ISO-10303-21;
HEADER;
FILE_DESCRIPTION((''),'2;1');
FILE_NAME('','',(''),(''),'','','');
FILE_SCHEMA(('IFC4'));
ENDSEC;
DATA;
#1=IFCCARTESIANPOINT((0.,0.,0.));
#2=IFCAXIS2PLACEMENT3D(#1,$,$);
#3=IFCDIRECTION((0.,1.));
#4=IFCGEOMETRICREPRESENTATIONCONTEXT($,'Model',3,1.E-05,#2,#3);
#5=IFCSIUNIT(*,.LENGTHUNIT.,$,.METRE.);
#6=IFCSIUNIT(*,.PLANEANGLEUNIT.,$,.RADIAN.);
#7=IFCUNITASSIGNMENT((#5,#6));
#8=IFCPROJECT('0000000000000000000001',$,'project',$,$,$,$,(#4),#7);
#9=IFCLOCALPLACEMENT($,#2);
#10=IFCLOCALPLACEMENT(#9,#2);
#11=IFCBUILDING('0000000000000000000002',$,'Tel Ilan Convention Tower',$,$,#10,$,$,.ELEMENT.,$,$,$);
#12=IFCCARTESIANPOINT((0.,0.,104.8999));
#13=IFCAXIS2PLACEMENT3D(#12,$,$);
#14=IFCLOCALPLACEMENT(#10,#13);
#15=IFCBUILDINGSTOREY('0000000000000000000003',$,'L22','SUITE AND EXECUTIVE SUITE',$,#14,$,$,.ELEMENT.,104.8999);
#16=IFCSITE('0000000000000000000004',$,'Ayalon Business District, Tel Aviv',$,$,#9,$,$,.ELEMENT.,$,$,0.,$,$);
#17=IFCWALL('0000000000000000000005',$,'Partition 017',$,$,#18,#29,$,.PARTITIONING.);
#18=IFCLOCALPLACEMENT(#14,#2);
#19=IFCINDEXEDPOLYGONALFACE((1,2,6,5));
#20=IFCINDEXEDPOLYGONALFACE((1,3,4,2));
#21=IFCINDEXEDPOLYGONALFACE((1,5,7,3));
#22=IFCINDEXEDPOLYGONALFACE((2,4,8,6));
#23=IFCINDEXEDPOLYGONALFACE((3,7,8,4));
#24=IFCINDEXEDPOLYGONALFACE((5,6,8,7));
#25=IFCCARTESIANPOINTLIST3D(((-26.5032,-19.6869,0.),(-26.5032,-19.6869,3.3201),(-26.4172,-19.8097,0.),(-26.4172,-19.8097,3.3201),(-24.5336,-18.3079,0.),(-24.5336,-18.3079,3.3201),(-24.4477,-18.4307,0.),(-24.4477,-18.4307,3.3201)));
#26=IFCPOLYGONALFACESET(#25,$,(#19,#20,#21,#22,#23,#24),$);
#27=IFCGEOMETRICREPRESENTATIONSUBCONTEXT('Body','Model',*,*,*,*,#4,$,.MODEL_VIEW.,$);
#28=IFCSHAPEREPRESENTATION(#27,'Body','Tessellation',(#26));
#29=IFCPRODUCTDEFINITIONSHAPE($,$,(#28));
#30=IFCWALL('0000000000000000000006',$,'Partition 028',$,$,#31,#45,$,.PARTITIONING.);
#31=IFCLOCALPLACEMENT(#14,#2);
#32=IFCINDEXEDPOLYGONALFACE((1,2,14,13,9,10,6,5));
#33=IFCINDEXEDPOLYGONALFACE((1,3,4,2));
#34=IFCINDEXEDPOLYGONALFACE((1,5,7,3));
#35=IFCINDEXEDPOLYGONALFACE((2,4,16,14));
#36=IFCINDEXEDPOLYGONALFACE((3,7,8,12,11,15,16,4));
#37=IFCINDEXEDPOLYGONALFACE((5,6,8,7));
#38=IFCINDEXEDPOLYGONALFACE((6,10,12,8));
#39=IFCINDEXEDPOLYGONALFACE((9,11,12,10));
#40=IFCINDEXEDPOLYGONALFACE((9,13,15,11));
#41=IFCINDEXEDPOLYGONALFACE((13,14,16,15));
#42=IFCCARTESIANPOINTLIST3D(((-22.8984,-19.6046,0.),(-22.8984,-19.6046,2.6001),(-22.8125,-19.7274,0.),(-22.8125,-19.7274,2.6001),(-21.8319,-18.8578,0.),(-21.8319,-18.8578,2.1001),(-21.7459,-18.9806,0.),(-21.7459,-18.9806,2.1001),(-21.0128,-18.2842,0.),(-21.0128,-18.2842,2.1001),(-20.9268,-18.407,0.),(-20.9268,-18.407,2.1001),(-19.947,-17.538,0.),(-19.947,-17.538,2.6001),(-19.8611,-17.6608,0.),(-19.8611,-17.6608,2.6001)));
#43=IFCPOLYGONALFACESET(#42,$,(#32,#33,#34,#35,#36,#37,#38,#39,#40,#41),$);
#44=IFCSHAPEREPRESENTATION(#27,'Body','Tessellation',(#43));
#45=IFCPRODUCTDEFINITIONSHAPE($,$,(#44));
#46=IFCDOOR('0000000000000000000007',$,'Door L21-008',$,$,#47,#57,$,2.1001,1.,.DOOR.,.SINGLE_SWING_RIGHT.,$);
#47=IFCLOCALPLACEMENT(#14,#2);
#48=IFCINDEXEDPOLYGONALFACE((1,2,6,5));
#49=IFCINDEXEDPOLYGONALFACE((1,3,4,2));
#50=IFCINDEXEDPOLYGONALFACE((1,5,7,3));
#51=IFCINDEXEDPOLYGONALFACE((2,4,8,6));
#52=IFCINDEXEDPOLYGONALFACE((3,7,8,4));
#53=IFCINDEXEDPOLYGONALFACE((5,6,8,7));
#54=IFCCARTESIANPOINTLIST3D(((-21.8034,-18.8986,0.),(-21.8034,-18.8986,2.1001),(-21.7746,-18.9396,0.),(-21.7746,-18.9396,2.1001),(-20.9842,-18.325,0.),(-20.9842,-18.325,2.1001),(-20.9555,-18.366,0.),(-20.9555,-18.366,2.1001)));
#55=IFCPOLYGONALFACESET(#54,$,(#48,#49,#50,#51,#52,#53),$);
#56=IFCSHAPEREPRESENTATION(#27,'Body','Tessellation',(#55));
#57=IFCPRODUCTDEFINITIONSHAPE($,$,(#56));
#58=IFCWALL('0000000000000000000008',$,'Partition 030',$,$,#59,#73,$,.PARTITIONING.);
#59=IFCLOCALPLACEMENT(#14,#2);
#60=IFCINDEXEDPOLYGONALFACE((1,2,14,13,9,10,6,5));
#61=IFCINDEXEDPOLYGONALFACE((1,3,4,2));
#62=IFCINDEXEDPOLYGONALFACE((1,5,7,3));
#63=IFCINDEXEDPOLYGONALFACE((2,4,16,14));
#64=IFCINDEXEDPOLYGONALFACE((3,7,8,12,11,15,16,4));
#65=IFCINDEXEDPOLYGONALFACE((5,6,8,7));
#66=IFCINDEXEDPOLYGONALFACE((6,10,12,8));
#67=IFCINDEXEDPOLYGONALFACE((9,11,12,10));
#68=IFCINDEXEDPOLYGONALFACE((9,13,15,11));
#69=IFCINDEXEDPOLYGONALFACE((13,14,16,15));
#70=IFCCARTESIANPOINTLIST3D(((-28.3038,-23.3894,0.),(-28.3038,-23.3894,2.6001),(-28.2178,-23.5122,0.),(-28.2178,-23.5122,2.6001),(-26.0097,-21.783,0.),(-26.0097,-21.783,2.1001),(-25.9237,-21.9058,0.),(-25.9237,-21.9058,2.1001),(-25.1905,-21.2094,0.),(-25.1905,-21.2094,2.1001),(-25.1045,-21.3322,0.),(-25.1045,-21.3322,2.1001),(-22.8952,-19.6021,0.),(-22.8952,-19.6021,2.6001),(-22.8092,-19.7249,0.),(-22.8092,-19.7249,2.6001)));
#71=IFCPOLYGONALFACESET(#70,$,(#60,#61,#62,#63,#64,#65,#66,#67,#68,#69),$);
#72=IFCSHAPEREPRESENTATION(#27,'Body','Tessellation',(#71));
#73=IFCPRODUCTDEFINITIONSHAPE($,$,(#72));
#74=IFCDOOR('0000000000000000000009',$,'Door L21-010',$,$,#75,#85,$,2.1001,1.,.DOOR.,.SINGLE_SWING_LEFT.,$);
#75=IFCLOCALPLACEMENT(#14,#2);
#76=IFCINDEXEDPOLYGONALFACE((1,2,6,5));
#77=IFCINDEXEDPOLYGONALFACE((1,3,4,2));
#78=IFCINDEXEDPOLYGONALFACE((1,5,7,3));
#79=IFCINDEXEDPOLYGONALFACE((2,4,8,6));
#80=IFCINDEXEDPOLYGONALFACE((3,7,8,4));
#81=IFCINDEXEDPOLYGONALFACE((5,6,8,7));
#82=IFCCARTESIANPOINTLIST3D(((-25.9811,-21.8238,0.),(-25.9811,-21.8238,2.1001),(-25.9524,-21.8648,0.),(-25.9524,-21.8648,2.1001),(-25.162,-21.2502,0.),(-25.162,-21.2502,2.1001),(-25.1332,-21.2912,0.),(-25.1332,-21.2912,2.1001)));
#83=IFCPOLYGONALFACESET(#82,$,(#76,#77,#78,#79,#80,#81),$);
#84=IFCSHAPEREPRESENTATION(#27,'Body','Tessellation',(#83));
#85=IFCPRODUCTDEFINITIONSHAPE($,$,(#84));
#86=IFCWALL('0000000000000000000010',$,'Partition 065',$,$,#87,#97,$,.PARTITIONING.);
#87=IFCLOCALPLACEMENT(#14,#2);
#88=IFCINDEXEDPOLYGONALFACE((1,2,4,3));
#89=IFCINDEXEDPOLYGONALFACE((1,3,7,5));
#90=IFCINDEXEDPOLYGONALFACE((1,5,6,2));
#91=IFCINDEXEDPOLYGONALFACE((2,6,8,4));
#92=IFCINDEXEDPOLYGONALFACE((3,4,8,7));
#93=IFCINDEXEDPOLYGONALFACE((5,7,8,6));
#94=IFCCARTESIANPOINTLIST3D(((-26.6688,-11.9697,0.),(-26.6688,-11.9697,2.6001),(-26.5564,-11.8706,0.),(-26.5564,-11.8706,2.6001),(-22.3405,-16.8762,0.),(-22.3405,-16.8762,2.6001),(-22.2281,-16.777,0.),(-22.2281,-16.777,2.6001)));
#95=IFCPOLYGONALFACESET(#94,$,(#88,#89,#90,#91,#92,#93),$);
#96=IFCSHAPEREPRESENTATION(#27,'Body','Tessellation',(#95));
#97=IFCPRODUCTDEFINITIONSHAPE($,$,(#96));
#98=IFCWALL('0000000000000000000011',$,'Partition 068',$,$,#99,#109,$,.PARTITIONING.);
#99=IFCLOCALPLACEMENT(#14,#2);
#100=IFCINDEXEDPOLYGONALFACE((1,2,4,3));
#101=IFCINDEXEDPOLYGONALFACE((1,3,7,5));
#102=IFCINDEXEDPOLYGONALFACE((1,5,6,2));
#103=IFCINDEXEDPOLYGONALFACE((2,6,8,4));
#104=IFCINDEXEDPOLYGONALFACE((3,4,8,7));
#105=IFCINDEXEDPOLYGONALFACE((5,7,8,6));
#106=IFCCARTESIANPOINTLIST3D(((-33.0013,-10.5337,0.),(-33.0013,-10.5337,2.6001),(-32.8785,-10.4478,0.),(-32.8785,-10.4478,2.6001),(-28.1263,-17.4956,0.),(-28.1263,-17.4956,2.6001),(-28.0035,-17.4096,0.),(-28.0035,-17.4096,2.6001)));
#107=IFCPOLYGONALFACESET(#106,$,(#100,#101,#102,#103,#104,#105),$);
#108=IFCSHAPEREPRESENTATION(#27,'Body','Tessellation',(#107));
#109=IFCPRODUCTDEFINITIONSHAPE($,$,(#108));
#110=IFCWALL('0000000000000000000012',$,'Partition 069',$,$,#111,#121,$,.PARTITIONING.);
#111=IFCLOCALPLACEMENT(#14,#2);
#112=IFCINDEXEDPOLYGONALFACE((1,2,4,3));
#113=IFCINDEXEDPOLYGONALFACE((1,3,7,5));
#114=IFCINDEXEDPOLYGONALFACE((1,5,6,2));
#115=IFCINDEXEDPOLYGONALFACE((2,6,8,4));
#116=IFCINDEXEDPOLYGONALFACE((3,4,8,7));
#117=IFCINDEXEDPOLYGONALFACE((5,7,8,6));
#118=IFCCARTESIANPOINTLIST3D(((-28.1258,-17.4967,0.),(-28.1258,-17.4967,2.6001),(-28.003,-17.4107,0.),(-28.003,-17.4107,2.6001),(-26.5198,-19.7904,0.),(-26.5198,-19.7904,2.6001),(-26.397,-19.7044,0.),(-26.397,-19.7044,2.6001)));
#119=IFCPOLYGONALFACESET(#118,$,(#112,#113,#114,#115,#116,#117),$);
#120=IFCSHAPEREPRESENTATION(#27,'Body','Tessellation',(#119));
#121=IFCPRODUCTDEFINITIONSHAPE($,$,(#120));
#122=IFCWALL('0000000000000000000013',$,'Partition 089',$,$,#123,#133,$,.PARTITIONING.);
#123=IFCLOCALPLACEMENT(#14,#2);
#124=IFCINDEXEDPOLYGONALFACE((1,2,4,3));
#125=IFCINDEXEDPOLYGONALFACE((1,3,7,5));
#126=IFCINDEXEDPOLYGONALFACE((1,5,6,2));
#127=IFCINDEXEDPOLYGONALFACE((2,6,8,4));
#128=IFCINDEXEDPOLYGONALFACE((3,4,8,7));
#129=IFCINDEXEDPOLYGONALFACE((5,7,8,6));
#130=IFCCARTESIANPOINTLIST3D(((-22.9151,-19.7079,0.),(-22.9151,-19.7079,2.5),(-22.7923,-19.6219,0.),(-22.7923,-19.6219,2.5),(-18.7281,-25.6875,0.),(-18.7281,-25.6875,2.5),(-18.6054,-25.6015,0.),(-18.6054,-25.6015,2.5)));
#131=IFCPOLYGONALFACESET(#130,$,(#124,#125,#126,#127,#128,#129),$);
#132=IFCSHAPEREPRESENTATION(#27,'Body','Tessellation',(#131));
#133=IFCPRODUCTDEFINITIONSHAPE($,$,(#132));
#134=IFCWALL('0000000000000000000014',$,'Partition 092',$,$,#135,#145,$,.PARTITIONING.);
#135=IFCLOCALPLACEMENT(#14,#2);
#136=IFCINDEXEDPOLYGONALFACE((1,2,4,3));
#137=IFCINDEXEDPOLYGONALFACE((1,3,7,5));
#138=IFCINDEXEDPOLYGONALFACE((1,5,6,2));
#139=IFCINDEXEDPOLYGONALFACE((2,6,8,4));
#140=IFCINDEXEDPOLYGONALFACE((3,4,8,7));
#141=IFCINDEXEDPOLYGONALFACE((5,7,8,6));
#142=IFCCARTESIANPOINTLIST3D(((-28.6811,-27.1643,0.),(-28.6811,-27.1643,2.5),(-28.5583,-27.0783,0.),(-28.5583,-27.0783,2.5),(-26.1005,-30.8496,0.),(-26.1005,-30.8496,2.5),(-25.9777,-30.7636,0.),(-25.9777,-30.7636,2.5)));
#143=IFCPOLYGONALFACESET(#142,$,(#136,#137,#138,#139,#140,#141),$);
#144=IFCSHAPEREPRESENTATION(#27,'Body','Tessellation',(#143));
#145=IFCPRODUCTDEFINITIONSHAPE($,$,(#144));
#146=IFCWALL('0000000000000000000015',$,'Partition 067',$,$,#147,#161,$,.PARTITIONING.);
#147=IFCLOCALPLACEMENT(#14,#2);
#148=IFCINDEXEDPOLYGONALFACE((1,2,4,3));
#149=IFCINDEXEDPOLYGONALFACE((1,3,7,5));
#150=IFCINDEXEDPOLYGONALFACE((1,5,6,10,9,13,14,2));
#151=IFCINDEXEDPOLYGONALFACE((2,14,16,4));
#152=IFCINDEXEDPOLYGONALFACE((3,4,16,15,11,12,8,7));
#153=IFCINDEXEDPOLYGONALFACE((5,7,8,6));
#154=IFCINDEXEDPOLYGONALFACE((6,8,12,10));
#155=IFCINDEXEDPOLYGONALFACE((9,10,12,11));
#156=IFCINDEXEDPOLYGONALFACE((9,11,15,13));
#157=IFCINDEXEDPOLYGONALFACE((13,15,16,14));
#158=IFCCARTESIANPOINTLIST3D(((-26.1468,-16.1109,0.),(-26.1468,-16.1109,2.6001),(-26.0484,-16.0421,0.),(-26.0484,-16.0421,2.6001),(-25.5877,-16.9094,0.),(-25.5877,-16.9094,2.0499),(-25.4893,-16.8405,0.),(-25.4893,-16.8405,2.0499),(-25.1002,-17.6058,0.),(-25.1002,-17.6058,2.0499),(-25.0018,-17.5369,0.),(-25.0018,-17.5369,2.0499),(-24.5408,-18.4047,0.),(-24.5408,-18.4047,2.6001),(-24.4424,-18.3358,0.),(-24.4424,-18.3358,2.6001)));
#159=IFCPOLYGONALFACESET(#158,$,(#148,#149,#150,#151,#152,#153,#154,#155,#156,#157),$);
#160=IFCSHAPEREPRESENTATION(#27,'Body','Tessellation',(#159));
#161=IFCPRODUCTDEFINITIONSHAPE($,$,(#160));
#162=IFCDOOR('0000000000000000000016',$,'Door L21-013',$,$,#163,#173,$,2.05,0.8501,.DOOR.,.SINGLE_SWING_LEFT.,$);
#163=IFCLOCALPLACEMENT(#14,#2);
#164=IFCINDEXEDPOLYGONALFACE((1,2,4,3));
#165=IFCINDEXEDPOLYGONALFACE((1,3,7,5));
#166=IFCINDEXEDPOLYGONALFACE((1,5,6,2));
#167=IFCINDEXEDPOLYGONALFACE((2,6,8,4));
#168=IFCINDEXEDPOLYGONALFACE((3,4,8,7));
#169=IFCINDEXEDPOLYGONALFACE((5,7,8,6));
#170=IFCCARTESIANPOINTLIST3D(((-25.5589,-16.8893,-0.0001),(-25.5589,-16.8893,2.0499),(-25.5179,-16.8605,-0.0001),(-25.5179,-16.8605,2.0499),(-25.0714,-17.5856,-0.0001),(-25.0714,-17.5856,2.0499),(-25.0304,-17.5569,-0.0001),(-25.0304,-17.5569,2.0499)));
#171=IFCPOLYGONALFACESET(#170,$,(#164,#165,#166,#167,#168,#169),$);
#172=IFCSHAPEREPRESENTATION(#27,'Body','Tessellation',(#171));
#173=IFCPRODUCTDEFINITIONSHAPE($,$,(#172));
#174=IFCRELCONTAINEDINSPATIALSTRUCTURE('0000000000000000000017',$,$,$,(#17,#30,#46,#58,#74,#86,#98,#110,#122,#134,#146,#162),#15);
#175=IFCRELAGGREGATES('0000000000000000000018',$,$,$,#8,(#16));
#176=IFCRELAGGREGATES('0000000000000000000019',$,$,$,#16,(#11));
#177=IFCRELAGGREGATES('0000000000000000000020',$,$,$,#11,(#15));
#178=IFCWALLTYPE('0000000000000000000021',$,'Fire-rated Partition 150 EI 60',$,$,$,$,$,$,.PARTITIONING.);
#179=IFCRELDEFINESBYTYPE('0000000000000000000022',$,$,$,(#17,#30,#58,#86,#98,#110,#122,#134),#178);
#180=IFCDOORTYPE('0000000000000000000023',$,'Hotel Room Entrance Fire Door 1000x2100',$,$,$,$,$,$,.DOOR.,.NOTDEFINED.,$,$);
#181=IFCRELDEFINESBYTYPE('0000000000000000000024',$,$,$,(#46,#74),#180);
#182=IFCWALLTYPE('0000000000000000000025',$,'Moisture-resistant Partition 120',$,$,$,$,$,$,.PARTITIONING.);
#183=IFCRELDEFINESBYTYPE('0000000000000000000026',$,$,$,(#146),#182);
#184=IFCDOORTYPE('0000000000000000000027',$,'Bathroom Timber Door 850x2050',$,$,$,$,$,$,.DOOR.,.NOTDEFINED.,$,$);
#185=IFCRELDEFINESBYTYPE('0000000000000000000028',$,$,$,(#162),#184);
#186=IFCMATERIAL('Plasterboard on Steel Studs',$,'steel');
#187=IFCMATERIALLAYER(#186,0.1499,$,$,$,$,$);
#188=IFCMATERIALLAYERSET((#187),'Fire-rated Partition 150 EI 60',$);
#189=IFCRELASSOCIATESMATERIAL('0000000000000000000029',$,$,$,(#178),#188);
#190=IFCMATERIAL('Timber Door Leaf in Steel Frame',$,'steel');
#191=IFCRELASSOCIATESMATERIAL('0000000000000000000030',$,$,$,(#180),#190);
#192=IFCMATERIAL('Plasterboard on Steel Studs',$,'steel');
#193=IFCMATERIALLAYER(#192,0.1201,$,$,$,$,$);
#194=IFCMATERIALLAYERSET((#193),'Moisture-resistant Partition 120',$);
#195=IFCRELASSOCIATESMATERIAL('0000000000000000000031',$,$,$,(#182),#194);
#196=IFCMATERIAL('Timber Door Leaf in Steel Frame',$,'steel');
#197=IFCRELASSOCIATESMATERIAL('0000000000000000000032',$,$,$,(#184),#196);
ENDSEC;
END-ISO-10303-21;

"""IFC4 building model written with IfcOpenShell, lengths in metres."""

from ifc_helpers import new_model, si_unit, direction, frame, frame_2d, origin, place, context, subcontext, project, spatial, rectangle, extrude, material, layer, layer_set, type_object, element, fill, save


model = new_model("IFC4")

# Units and contexts
model_context = context("Model", 3, precision=1e-05, world=origin(), true_north=direction((0.0, 1.0)))
body_context = subcontext(model_context, "Body", "Model", "MODEL_VIEW")
ifc_project = project(units=[si_unit("LENGTHUNIT", "METRE"), si_unit("PLANEANGLEUNIT", "RADIAN")], contexts=[model_context])

# Site, building, storey
site_placement = place(None, origin())
site = spatial("IfcSite", under=ifc_project, at=site_placement, Name="Ayalon Business District, Tel Aviv", CompositionType="ELEMENT", RefElevation=0.0)
building_placement = place(site_placement, origin())
building = spatial("IfcBuilding", under=site, at=building_placement, Name="Tel Ilan Convention Tower", CompositionType="ELEMENT")
storey_placement = place(building_placement, frame((0.0, 0.0, 104.8999)))
storey = spatial("IfcBuildingStorey", under=building, at=storey_placement, Name="L22", Description="SUITE AND EXECUTIVE SUITE", CompositionType="ELEMENT", Elevation=104.8999)

# Shared definitions
ifc_material_1 = material(Name="Plasterboard on Steel Studs", Category="steel")
ifc_layer_1 = layer(ifc_material_1, 0.1499)
ifc_layer_set_1 = layer_set([ifc_layer_1], Name="Fire-rated Partition 150 EI 60")
wall_type_1 = type_object("IfcWallType", Name="Fire-rated Partition 150 EI 60", PredefinedType="PARTITIONING", material=ifc_layer_set_1)
ifc_material_2 = material(Name="Timber Door Leaf in Steel Frame", Category="steel")
door_type_1 = type_object("IfcDoorType", Name="Hotel Room Entrance Fire Door 1000x2100", OperationType="NOTDEFINED", PredefinedType="DOOR", material=ifc_material_2)

# Wall
wall_1_placement = place(storey_placement, frame((-26.4602, -19.7483, 0.0), z_axis=(0.0, 0.0, 1.0), x_axis=(0.819179, 0.573537, 0.0)))
element("IfcWall", 1, at=wall_1_placement, inside=storey, type_object=wall_type_1, Name="Partition 017", PredefinedType="PARTITIONING", context=body_context, shape_type="SweptSolid", body=[
    extrude(rectangle(XDim=2.4043, YDim=0.1499, at=frame_2d((1.2021, 0.0))), origin(), (0.0, 0.0, 1.0), 3.3201),
])

# Walls, openings, doors
wall_2_placement = place(storey_placement, frame((-19.9041, -17.5994, 0.0), z_axis=(0.0, 0.0, 1.0), x_axis=(-0.819146, -0.573585, 0.0)))
wall_2 = element("IfcWall", 2, at=wall_2_placement, inside=storey, type_object=wall_type_1, Name="Partition 028", PredefinedType="PARTITIONING", context=body_context, shape_type="SweptSolid", body=[
    extrude(rectangle(XDim=3.603, YDim=0.1499, at=frame_2d((1.8015, 0.0))), origin(), (0.0, 0.0, 1.0), 2.6001),
])
opening_1_placement = place(wall_2_placement, frame((1.301, 0.0, 0.0)))
opening_1 = element("IfcOpeningElement", 3, at=opening_1_placement, cuts=wall_2, PredefinedType="OPENING", context=body_context, shape_type="SweptSolid", body=[
    extrude(rectangle(XDim=1.0, YDim=2.1001, at=frame_2d((0.5, 1.05))), frame((0.0, 0.085, 0.0), z_axis=(0.0, -1.0, 0.0), x_axis=(1.0, 0.0, 0.0)), (0.0, 0.0, 1.0), 0.1699),
])
door_1_placement = place(opening_1_placement, origin())
door_1 = element("IfcDoor", 4, at=door_1_placement, inside=storey, type_object=door_type_1, Name="Door L21-008", OperationType="SINGLE_SWING_RIGHT", OverallHeight=2.1001, OverallWidth=1.0, PredefinedType="DOOR", context=body_context, shape_type="SweptSolid", body=[
    extrude(rectangle(XDim=1.0, YDim=2.1001, at=frame_2d((0.5, 1.05))), frame((0.0, 0.0249, 0.0), z_axis=(0.0, -1.0, 0.0), x_axis=(1.0, 0.0, 0.0)), (0.0, 0.0, 1.0), 0.05),
])
fill(opening_1, door_1)
wall_3_placement = place(storey_placement, frame((-22.8523, -19.6636, 0.0), z_axis=(0.0, 0.0, 1.0), x_axis=(-0.819142, -0.573591, 0.0)))
wall_3 = element("IfcWall", 5, at=wall_3_placement, inside=storey, type_object=wall_type_1, Name="Partition 030", PredefinedType="PARTITIONING", context=body_context, shape_type="SweptSolid", body=[
    extrude(rectangle(XDim=6.6028, YDim=0.1499, at=frame_2d((3.3013, 0.0))), origin(), (0.0, 0.0, 1.0), 2.6001),
])
opening_2_placement = place(wall_3_placement, frame((2.802, 0.0, 0.0)))
opening_2 = element("IfcOpeningElement", 6, at=opening_2_placement, cuts=wall_3, PredefinedType="OPENING", context=body_context, shape_type="SweptSolid", body=[
    extrude(rectangle(XDim=1.0, YDim=2.1001, at=frame_2d((0.5, 1.05))), frame((0.0, 0.085, 0.0), z_axis=(0.0, -1.0, 0.0), x_axis=(1.0, 0.0, 0.0)), (0.0, 0.0, 1.0), 0.1699),
])
door_2_placement = place(opening_2_placement, origin())
door_2 = element("IfcDoor", 7, at=door_2_placement, inside=storey, type_object=door_type_1, Name="Door L21-010", OperationType="SINGLE_SWING_LEFT", OverallHeight=2.1001, OverallWidth=1.0, PredefinedType="DOOR", context=body_context, shape_type="SweptSolid", body=[
    extrude(rectangle(XDim=1.0, YDim=2.1001, at=frame_2d((0.5, 1.05))), frame((0.0, 0.0249, 0.0), z_axis=(0.0, -1.0, 0.0), x_axis=(1.0, 0.0, 0.0)), (0.0, 0.0, 1.0), 0.05),
])
fill(opening_2, door_2)

# Walls
wall_4_placement = place(storey_placement, frame((-22.2842, -16.8267, 0.0), z_axis=(0.0, 0.0, 1.0), x_axis=(-0.661545, 0.749905, 0.0)))
element("IfcWall", 8, at=wall_4_placement, inside=storey, type_object=wall_type_1, Name="Partition 065", PredefinedType="PARTITIONING", context=body_context, shape_type="SweptSolid", body=[
    extrude(rectangle(XDim=6.5427, YDim=0.1499, at=frame_2d((3.2715, 0.0))), origin(), (0.0, 0.0, 1.0), 2.6001),
])
wall_5_placement = place(storey_placement, frame((-28.0649, -17.4526, 0.0), z_axis=(0.0, 0.0, 1.0), x_axis=(-0.573593, 0.81914, 0.0)))
element("IfcWall", 9, at=wall_5_placement, inside=storey, type_object=wall_type_1, Name="Partition 068", PredefinedType="PARTITIONING", context=body_context, shape_type="SweptSolid", body=[
    extrude(rectangle(XDim=8.499, YDim=0.1499, at=frame_2d((4.2495, 0.0))), origin(), (0.0, 0.0, 1.0), 2.6001),
])
wall_6_placement = place(storey_placement, frame((-26.4585, -19.7473, 0.0), z_axis=(0.0, 0.0, 1.0), x_axis=(-0.57355, 0.81917, 0.0)))
element("IfcWall", 10, at=wall_6_placement, inside=storey, type_object=wall_type_1, Name="Partition 069", PredefinedType="PARTITIONING", context=body_context, shape_type="SweptSolid", body=[
    extrude(rectangle(XDim=2.8, YDim=0.1499, at=frame_2d((1.3999, 0.0))), origin(), (0.0, 0.0, 1.0), 2.6001),
])
wall_7_placement = place(storey_placement, frame((-18.6667, -25.6445, 0.0), z_axis=(0.0, 0.0, 1.0), x_axis=(-0.573572, 0.819155, 0.0)))
element("IfcWall", 11, at=wall_7_placement, inside=storey, type_object=wall_type_1, Name="Partition 089", PredefinedType="PARTITIONING", context=body_context, shape_type="SweptSolid", body=[
    extrude(rectangle(XDim=7.2998, YDim=0.1499, at=frame_2d((3.6499, 0.0))), origin(), (0.0, 0.0, 1.0), 2.5),
])
wall_8_placement = place(storey_placement, frame((-26.0391, -30.8066, 0.0), z_axis=(0.0, 0.0, 1.0), x_axis=(-0.57359, 0.819143, 0.0)))
element("IfcWall", 12, at=wall_8_placement, inside=storey, type_object=wall_type_1, Name="Partition 092", PredefinedType="PARTITIONING", context=body_context, shape_type="SweptSolid", body=[
    extrude(rectangle(XDim=4.499, YDim=0.1499, at=frame_2d((2.2495, 0.0))), origin(), (0.0, 0.0, 1.0), 2.5),
])

# Wall, opening, door
ifc_material_3 = material(Name="Plasterboard on Steel Studs", Category="steel")
ifc_layer_2 = layer(ifc_material_3, 0.1201)
ifc_layer_set_2 = layer_set([ifc_layer_2], Name="Moisture-resistant Partition 120")
wall_type_2 = type_object("IfcWallType", Name="Moisture-resistant Partition 120", PredefinedType="PARTITIONING", material=ifc_layer_set_2)
wall_9_placement = place(storey_placement, frame((-24.4917, -18.3701, 0.0), z_axis=(0.0, 0.0, 1.0), x_axis=(-0.57355, 0.81917, 0.0)))
wall_9 = element("IfcWall", 13, at=wall_9_placement, inside=storey, type_object=wall_type_2, Name="Partition 067", PredefinedType="PARTITIONING", context=body_context, shape_type="SweptSolid", body=[
    extrude(rectangle(XDim=2.8, YDim=0.1201, at=frame_2d((1.3999, 0.0))), origin(), (0.0, 0.0, 1.0), 2.6001),
])
opening_3_placement = place(wall_9_placement, frame((0.9751, 0.0, 0.0)))
opening_3 = element("IfcOpeningElement", 14, at=opening_3_placement, cuts=wall_9, PredefinedType="OPENING", context=body_context, shape_type="SweptSolid", body=[
    extrude(rectangle(XDim=0.8501, YDim=2.05, at=frame_2d((0.425, 1.0249))), frame((0.0, 0.0701, 0.0), z_axis=(0.0, -1.0, 0.0), x_axis=(1.0, 0.0, 0.0)), (0.0, 0.0, 1.0), 0.1401),
])
ifc_material_4 = material(Name="Timber Door Leaf in Steel Frame", Category="steel")
door_type_2 = type_object("IfcDoorType", Name="Bathroom Timber Door 850x2050", OperationType="NOTDEFINED", PredefinedType="DOOR", material=ifc_material_4)
door_3_placement = place(opening_3_placement, origin())
door_3 = element("IfcDoor", 15, at=door_3_placement, inside=storey, type_object=door_type_2, Name="Door L21-013", OperationType="SINGLE_SWING_LEFT", OverallHeight=2.05, OverallWidth=0.8501, PredefinedType="DOOR", context=body_context, shape_type="SweptSolid", body=[
    extrude(rectangle(XDim=0.8501, YDim=2.05, at=frame_2d((0.425, 1.0249))), frame((0.0, 0.0249, 0.0), z_axis=(0.0, -1.0, 0.0), x_axis=(1.0, 0.0, 0.0)), (0.0, 0.0, 1.0), 0.05),
])
fill(opening_3, door_3)

save(model, "model.ifc")
